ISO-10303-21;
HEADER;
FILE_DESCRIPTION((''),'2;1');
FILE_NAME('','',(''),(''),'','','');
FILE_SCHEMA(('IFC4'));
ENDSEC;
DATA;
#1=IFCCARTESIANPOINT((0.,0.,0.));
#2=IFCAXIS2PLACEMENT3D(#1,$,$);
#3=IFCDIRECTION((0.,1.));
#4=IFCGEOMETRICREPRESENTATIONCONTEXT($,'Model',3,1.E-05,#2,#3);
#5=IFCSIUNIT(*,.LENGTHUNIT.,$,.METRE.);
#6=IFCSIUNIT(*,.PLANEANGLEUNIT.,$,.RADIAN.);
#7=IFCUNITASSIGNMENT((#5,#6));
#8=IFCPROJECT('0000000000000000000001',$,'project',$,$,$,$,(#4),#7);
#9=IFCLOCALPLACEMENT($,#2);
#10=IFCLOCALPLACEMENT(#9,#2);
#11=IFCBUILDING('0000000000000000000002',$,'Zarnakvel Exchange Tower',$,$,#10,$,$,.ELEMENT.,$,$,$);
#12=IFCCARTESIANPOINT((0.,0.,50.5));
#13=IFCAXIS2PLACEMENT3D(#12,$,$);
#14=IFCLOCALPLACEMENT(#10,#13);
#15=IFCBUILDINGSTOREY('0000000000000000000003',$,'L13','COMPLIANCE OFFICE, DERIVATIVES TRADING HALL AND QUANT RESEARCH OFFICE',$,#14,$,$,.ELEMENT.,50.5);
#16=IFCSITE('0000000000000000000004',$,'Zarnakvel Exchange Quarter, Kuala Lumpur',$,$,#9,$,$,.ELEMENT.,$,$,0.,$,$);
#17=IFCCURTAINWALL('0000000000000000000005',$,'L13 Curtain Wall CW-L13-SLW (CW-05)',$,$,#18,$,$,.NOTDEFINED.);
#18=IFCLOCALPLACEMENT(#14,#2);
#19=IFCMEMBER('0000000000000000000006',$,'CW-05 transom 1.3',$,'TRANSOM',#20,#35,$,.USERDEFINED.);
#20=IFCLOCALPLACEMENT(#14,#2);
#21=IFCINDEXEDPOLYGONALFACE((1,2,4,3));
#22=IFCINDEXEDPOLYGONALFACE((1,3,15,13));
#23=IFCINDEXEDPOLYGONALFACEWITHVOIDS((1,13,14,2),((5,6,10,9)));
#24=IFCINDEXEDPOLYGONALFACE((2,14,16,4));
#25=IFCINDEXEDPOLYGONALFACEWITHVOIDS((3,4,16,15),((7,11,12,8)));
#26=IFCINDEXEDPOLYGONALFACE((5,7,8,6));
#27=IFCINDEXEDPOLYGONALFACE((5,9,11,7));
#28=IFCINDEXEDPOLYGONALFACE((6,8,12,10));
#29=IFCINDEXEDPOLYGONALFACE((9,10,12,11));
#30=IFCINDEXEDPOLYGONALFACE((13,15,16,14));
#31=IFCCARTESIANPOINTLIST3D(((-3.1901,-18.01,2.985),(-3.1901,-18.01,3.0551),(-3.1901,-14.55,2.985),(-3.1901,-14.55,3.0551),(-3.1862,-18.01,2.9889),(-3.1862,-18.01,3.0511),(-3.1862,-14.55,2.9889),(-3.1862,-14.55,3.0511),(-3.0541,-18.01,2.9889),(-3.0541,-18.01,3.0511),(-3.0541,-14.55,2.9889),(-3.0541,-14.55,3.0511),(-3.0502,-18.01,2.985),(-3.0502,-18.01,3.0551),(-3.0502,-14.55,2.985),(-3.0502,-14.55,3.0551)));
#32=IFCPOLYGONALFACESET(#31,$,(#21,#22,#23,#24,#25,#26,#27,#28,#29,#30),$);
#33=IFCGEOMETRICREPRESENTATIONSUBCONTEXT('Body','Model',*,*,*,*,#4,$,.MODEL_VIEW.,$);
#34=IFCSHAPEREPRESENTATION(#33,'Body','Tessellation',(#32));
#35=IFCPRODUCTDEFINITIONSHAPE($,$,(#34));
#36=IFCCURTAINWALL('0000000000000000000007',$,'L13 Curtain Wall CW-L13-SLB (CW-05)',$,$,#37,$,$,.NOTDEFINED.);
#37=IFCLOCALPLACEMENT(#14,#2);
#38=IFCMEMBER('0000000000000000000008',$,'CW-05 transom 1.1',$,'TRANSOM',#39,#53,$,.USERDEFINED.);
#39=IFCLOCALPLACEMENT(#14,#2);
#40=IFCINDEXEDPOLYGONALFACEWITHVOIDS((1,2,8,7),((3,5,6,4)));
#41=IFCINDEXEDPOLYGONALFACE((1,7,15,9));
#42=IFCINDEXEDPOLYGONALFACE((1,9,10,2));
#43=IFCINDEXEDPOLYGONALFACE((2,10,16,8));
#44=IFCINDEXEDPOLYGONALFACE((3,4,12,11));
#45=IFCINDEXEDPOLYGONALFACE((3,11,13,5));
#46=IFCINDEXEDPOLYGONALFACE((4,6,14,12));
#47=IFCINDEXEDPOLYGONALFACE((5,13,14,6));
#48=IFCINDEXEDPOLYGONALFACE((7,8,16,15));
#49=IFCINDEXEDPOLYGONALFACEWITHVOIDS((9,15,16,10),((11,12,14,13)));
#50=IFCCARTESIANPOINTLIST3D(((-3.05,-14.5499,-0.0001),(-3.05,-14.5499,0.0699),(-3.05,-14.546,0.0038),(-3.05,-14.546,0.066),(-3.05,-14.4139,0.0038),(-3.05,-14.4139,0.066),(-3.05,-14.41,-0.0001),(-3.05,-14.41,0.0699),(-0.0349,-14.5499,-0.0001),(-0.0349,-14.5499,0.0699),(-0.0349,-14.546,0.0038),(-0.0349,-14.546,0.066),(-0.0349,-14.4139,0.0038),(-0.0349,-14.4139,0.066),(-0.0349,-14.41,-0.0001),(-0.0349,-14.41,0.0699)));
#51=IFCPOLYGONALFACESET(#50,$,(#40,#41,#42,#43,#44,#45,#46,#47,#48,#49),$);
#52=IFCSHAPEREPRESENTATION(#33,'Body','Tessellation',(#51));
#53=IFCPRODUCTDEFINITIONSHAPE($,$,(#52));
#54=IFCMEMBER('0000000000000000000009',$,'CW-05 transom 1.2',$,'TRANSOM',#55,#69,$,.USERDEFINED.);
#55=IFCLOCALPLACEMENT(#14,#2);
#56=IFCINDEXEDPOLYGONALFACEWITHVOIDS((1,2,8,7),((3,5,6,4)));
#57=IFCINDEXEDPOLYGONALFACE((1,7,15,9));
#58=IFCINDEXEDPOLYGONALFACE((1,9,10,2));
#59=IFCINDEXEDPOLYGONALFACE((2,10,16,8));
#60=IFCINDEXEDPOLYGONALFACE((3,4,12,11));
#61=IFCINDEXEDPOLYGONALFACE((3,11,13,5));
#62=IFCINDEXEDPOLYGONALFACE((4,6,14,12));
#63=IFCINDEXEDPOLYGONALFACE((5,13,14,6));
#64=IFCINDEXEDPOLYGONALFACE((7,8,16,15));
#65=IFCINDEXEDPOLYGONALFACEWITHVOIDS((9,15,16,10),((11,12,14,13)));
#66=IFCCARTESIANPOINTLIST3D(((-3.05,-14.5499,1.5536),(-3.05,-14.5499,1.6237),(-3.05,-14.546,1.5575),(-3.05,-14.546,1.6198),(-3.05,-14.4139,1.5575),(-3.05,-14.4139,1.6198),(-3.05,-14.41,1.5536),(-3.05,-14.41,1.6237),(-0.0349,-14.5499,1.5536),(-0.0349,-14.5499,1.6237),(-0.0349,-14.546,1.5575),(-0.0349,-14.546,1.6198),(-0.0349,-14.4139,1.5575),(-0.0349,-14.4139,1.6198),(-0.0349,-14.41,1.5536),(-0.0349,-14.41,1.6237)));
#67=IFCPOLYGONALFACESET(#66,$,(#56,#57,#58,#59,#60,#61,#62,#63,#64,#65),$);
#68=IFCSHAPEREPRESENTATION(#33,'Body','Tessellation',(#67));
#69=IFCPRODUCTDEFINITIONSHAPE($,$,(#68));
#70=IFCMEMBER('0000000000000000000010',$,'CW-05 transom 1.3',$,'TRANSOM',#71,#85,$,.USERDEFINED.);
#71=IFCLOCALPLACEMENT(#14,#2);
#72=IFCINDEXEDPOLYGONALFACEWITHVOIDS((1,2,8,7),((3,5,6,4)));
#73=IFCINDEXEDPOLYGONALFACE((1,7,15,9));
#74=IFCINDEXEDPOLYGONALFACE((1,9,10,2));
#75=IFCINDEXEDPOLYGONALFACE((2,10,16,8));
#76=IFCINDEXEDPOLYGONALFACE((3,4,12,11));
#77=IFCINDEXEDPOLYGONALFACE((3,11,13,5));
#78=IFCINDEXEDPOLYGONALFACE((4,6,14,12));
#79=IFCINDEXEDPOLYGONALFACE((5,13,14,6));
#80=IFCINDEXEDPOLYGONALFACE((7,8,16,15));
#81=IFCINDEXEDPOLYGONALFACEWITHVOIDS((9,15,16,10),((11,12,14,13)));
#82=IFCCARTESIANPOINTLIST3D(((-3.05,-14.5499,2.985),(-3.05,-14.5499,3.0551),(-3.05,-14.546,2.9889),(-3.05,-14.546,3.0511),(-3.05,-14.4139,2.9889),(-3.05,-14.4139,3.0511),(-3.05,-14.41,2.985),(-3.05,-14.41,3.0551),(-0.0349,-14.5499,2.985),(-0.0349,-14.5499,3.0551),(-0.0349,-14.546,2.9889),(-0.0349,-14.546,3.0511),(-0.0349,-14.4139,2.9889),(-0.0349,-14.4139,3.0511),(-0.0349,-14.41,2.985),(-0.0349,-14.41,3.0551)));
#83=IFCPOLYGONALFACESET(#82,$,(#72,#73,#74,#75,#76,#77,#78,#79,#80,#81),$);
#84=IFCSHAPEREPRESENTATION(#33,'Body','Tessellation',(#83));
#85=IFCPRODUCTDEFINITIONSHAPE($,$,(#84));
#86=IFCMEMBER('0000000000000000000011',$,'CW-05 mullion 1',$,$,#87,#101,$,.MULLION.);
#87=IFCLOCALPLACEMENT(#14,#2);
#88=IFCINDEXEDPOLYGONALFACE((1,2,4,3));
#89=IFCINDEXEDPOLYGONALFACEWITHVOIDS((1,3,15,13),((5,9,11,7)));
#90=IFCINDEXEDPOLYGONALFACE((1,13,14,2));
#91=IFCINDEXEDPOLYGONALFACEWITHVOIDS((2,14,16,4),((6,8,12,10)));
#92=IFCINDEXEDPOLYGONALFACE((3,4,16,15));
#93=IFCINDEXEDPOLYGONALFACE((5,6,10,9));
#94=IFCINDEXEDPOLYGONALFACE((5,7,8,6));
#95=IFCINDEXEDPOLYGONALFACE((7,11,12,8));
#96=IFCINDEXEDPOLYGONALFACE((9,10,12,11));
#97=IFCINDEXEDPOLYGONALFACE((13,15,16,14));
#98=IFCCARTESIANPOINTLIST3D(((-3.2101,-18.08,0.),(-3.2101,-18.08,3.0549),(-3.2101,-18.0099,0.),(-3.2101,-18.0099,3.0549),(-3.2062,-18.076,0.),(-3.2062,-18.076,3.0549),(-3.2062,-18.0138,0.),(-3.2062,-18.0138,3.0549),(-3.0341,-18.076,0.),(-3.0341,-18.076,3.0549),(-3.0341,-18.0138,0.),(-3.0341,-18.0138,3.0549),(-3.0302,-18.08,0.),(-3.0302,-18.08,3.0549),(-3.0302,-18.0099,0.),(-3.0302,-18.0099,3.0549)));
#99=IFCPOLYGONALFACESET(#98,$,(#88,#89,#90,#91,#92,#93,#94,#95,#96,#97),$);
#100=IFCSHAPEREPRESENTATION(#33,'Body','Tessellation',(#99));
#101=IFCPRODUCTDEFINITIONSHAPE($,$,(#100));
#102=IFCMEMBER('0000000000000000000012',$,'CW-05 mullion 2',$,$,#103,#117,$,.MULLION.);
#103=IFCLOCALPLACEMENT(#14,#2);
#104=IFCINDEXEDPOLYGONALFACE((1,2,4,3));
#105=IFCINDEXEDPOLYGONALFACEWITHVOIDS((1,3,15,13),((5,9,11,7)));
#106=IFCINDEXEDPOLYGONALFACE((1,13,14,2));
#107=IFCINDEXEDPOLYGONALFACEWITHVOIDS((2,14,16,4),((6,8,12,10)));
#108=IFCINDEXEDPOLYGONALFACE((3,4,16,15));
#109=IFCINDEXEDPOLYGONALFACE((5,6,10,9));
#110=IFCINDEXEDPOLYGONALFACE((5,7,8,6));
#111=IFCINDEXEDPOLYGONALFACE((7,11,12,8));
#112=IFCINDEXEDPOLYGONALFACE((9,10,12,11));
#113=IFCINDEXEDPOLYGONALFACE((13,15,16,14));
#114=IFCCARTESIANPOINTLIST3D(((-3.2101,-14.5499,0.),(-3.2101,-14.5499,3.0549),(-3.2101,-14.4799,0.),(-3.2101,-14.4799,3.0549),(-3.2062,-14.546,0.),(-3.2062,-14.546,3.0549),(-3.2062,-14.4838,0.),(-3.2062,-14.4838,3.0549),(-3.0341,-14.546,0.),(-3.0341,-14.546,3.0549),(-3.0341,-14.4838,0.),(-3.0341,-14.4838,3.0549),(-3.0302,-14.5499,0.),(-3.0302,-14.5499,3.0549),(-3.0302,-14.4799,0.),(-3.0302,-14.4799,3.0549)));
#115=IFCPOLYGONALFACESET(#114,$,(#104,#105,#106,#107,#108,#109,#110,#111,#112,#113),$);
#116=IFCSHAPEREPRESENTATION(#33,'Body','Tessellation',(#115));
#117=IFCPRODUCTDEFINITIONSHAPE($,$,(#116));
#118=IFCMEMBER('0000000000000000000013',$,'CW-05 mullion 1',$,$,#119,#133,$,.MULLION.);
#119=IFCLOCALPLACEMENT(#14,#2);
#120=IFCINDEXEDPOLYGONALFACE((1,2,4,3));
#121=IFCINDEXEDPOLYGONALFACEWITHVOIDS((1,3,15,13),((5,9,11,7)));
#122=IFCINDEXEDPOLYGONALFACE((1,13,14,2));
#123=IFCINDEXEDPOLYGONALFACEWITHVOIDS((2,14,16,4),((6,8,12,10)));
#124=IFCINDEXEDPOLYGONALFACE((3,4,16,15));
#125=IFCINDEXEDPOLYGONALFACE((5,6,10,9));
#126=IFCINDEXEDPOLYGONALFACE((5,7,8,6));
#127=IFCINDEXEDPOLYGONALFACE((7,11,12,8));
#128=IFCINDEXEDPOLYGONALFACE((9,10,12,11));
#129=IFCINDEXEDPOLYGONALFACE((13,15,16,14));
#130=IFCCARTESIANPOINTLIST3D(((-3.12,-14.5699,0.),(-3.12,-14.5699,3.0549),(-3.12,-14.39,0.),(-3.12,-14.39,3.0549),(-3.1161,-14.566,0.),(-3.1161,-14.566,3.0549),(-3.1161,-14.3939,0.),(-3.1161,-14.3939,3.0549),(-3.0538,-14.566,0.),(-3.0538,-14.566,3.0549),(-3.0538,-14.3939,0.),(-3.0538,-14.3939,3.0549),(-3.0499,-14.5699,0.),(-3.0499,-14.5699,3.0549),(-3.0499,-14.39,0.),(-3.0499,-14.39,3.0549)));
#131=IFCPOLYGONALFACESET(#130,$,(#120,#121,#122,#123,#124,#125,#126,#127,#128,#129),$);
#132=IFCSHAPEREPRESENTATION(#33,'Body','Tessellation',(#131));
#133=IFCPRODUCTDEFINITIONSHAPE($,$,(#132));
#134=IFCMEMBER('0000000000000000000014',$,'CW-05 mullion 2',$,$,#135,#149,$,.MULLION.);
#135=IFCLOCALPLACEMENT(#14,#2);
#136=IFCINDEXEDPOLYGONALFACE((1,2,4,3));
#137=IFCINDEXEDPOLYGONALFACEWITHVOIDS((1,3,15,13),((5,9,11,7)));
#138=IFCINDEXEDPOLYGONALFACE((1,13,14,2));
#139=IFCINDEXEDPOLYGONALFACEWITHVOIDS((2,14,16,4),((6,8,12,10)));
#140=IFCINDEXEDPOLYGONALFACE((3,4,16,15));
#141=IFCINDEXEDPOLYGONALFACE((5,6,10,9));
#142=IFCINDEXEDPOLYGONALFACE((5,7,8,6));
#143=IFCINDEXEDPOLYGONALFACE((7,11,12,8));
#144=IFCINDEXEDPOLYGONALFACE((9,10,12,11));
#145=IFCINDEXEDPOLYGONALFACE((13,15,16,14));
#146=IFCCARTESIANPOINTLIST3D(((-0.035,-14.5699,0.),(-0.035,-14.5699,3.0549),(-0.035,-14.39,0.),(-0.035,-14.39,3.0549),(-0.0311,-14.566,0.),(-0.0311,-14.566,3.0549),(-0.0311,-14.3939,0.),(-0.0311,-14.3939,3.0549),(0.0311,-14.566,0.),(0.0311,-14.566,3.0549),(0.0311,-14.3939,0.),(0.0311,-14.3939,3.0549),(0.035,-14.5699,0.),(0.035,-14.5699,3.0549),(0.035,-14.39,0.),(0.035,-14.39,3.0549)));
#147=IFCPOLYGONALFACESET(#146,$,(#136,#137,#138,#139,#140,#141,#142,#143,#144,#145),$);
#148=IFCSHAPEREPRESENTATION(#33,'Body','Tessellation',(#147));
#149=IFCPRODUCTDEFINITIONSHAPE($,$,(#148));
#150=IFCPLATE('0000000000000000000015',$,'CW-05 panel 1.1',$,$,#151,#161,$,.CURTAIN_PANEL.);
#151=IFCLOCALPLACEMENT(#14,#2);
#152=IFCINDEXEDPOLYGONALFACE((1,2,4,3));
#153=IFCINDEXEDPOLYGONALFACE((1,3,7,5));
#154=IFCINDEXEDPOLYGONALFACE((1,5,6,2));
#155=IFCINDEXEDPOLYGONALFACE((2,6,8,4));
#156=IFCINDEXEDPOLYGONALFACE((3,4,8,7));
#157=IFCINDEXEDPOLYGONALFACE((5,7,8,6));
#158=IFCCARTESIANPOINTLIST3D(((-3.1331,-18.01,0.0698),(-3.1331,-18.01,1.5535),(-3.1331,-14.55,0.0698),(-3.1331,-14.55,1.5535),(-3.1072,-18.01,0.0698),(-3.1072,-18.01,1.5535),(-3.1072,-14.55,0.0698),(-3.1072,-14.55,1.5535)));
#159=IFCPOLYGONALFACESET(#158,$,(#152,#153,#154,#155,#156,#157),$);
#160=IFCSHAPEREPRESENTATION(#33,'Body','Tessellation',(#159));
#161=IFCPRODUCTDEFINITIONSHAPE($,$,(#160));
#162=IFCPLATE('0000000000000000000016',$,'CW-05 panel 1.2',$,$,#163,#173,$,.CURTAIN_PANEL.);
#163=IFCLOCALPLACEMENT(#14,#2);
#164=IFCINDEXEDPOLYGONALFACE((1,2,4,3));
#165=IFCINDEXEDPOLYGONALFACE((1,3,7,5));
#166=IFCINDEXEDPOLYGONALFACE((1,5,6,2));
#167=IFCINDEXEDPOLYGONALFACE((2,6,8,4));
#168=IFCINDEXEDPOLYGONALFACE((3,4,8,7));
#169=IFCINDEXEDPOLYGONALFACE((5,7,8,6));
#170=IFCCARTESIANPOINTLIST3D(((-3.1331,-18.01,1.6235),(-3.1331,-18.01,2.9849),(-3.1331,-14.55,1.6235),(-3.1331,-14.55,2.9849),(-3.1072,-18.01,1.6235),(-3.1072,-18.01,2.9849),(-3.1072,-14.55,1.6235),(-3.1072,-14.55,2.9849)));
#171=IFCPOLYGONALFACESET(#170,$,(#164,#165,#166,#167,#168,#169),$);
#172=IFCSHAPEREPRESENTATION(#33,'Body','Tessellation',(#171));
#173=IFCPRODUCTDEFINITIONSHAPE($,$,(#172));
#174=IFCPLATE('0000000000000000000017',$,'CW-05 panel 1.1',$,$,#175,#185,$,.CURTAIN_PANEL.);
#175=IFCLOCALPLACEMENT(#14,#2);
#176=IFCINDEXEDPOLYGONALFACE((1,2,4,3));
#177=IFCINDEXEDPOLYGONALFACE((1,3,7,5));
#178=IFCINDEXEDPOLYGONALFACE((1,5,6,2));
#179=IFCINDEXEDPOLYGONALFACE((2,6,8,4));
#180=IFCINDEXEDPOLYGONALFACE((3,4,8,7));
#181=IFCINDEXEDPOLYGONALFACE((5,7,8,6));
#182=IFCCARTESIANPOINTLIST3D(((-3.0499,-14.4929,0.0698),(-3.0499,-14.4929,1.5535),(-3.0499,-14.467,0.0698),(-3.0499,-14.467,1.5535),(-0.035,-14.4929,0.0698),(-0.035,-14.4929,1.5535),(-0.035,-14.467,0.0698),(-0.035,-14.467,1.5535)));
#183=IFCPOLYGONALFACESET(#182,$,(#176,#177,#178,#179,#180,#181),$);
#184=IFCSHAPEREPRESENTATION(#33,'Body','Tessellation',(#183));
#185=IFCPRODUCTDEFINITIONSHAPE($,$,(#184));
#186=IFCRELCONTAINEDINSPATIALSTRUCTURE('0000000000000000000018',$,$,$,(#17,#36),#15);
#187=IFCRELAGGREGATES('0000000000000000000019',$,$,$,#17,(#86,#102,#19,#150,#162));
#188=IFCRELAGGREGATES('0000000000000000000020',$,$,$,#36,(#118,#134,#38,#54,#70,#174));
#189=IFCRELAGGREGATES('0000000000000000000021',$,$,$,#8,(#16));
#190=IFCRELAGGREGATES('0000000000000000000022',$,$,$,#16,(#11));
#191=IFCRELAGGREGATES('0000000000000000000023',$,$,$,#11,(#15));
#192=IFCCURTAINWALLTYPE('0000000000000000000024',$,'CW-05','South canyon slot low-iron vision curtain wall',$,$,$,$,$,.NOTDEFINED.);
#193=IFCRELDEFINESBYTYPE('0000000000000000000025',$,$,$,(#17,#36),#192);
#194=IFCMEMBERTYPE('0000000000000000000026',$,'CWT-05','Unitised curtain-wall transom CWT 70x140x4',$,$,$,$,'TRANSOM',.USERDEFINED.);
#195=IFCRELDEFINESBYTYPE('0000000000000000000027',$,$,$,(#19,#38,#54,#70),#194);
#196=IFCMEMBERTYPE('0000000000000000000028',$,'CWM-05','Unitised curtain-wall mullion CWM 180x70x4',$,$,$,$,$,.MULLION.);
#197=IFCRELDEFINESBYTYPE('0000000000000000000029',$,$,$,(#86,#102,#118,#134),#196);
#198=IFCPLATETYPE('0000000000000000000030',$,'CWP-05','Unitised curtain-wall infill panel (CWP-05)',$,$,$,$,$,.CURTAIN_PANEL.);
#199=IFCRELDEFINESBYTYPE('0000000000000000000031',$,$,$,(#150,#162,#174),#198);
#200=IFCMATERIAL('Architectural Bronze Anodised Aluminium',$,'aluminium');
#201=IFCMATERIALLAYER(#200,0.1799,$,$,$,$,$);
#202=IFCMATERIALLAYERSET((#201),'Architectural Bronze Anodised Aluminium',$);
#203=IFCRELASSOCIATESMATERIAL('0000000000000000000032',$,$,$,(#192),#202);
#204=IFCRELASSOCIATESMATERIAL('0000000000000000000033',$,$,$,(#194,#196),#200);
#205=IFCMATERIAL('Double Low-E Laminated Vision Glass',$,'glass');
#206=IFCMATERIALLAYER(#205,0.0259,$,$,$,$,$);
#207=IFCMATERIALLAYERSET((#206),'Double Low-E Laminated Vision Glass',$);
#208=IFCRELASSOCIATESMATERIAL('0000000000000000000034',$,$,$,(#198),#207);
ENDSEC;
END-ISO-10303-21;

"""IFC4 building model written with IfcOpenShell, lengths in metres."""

from ifc_helpers import new_model, si_unit, direction, frame, origin, origin_2d, place, context, subcontext, project, spatial, rectangle, hollow_rectangle, extrude, source, transform, mapped, material, layer, layer_set, material_profile, profile_set, type_object, element, aggregate, save


model = new_model("IFC4")

# Units and contexts
model_context = context("Model", 3, precision=1e-05, world=origin(), true_north=direction((0.0, 1.0)))
body_context = subcontext(model_context, "Body", "Model", "MODEL_VIEW")
ifc_project = project(units=[si_unit("LENGTHUNIT", "METRE"), si_unit("PLANEANGLEUNIT", "RADIAN")], contexts=[model_context])

# Site, building, storey
site_placement = place(None, origin())
site = spatial("IfcSite", under=ifc_project, at=site_placement, Name="Zarnakvel Exchange Quarter, Kuala Lumpur", CompositionType="ELEMENT", RefElevation=0.0)
building_placement = place(site_placement, origin())
building = spatial("IfcBuilding", under=site, at=building_placement, Name="Zarnakvel Exchange Tower", CompositionType="ELEMENT")
storey_placement = place(building_placement, frame((0.0, 0.0, 50.5)))
storey = spatial("IfcBuildingStorey", under=building, at=storey_placement, Name="L13", Description="COMPLIANCE OFFICE, DERIVATIVES TRADING HALL AND QUANT RESEARCH OFFICE", CompositionType="ELEMENT", Elevation=50.5)

# Curtain walls, members
ifc_material_1 = material(Name="Architectural Bronze Anodised Aluminium", Category="aluminium")
ifc_layer_1 = layer(ifc_material_1, 0.1799)
ifc_layer_set_1 = layer_set([ifc_layer_1], Name="Architectural Bronze Anodised Aluminium")
curtain_wall_type = type_object("IfcCurtainWallType", Name="CW-05", Description="South canyon slot low-iron vision curtain wall", PredefinedType="NOTDEFINED", material=ifc_layer_set_1)
curtain_wall_1_placement = place(storey_placement, origin())
curtain_wall_1 = element("IfcCurtainWall", 1, at=curtain_wall_1_placement, inside=storey, type_object=curtain_wall_type, Name="L13 Curtain Wall CW-L13-SLW (CW-05)", PredefinedType="NOTDEFINED")
ifc_material_profile_1 = material_profile(ifc_material_1, hollow_rectangle(XDim=0.1399, YDim=0.0701, WallThickness=0.0039, at=origin_2d()))
ifc_profile_set_1 = profile_set([ifc_material_profile_1], Name="Architectural Bronze Anodised Aluminium")
member_type_1 = type_object("IfcMemberType", Name="CWT-05", Description="Unitised curtain-wall transom CWT 70x140x4", ElementType="TRANSOM", PredefinedType="USERDEFINED", material=ifc_profile_set_1)
shared_shape_1 = source(origin(), body_context, "Body", "SweptSolid", [
    extrude(hollow_rectangle(XDim=0.1399, YDim=0.0701, WallThickness=0.0039, at=origin_2d()), origin(), (0.0, 0.0, 1.0), 3.46),
])
member_1_placement = place(storey_placement, frame((-3.1201, -18.01, 3.02), z_axis=(0.0, 1.0, 0.0), x_axis=(-1.0, 0.0, 0.0)))
member_1 = element("IfcMember", 2, at=member_1_placement, type_object=member_type_1, Name="CW-05 transom 1.3", ObjectType="TRANSOM", PredefinedType="USERDEFINED", context=body_context, shape_type="MappedRepresentation", body=[
    mapped(shared_shape_1, transform((0.0, 0.0, 0.0), x_axis=(1.0, 0.0, 0.0), y_axis=(0.0, 1.0, 0.0), z_axis=(0.0, 0.0, 1.0), scale=1.0)),
])
curtain_wall_2_placement = place(storey_placement, origin())
curtain_wall_2 = element("IfcCurtainWall", 3, at=curtain_wall_2_placement, inside=storey, type_object=curtain_wall_type, Name="L13 Curtain Wall CW-L13-SLB (CW-05)", PredefinedType="NOTDEFINED")
shared_shape_2 = source(origin(), body_context, "Body", "SweptSolid", [
    extrude(hollow_rectangle(XDim=0.1399, YDim=0.0701, WallThickness=0.0039, at=origin_2d()), origin(), (0.0, 0.0, 1.0), 3.0151),
])
member_2_placement = place(storey_placement, frame((-3.05, -14.48, 0.0349), z_axis=(1.0, 0.0, 0.0), x_axis=(0.0, 1.0, 0.0)))
member_2 = element("IfcMember", 4, at=member_2_placement, type_object=member_type_1, Name="CW-05 transom 1.1", ObjectType="TRANSOM", PredefinedType="USERDEFINED", context=body_context, shape_type="MappedRepresentation", body=[
    mapped(shared_shape_2, transform((0.0, 0.0, 0.0), x_axis=(1.0, 0.0, 0.0), y_axis=(0.0, 1.0, 0.0), z_axis=(0.0, 0.0, 1.0), scale=1.0)),
])
member_3_placement = place(storey_placement, frame((-3.05, -14.48, 1.5886), z_axis=(1.0, 0.0, 0.0), x_axis=(0.0, 1.0, 0.0)))
member_3 = element("IfcMember", 5, at=member_3_placement, type_object=member_type_1, Name="CW-05 transom 1.2", ObjectType="TRANSOM", PredefinedType="USERDEFINED", context=body_context, shape_type="MappedRepresentation", body=[
    mapped(shared_shape_2, transform((0.0, 0.0, 0.0), x_axis=(1.0, 0.0, 0.0), y_axis=(0.0, 1.0, 0.0), z_axis=(0.0, 0.0, 1.0), scale=1.0)),
])
member_4_placement = place(storey_placement, frame((-3.05, -14.48, 3.02), z_axis=(1.0, 0.0, 0.0), x_axis=(0.0, 1.0, 0.0)))
member_4 = element("IfcMember", 6, at=member_4_placement, type_object=member_type_1, Name="CW-05 transom 1.3", ObjectType="TRANSOM", PredefinedType="USERDEFINED", context=body_context, shape_type="MappedRepresentation", body=[
    mapped(shared_shape_2, transform((0.0, 0.0, 0.0), x_axis=(1.0, 0.0, 0.0), y_axis=(0.0, 1.0, 0.0), z_axis=(0.0, 0.0, 1.0), scale=1.0)),
])

# Members
ifc_material_profile_2 = material_profile(ifc_material_1, hollow_rectangle(XDim=0.1799, YDim=0.0701, WallThickness=0.0039, at=origin_2d()))
ifc_profile_set_2 = profile_set([ifc_material_profile_2], Name="Architectural Bronze Anodised Aluminium")
member_type_2 = type_object("IfcMemberType", Name="CWM-05", Description="Unitised curtain-wall mullion CWM 180x70x4", PredefinedType="MULLION", material=ifc_profile_set_2)
shared_shape_3 = source(origin(), body_context, "Body", "SweptSolid", [
    extrude(hollow_rectangle(XDim=0.1799, YDim=0.0701, WallThickness=0.0039, at=origin_2d()), origin(), (0.0, 0.0, 1.0), 3.0549),
])
member_5_placement = place(storey_placement, frame((-3.1201, -18.0449, 0.0), z_axis=(0.0, 0.0, 1.0), x_axis=(-1.0, 0.0, 0.0)))
member_5 = element("IfcMember", 7, at=member_5_placement, type_object=member_type_2, Name="CW-05 mullion 1", PredefinedType="MULLION", context=body_context, shape_type="MappedRepresentation", body=[
    mapped(shared_shape_3, transform((0.0, 0.0, 0.0), x_axis=(1.0, 0.0, 0.0), y_axis=(0.0, 1.0, 0.0), z_axis=(0.0, 0.0, 1.0), scale=1.0)),
])
member_6_placement = place(storey_placement, frame((-3.1201, -14.5149, 0.0), z_axis=(0.0, 0.0, 1.0), x_axis=(-1.0, 0.0, 0.0)))
member_6 = element("IfcMember", 8, at=member_6_placement, type_object=member_type_2, Name="CW-05 mullion 2", PredefinedType="MULLION", context=body_context, shape_type="MappedRepresentation", body=[
    mapped(shared_shape_3, transform((0.0, 0.0, 0.0), x_axis=(1.0, 0.0, 0.0), y_axis=(0.0, 1.0, 0.0), z_axis=(0.0, 0.0, 1.0), scale=1.0)),
])
member_7_placement = place(storey_placement, frame((-3.085, -14.48, 0.0), z_axis=(0.0, 0.0, 1.0), x_axis=(0.0, 1.0, 0.0)))
member_7 = element("IfcMember", 9, at=member_7_placement, type_object=member_type_2, Name="CW-05 mullion 1", PredefinedType="MULLION", context=body_context, shape_type="MappedRepresentation", body=[
    mapped(shared_shape_3, transform((0.0, 0.0, 0.0), x_axis=(1.0, 0.0, 0.0), y_axis=(0.0, 1.0, 0.0), z_axis=(0.0, 0.0, 1.0), scale=1.0)),
])
member_8_placement = place(storey_placement, frame((0.0, -14.48, 0.0), z_axis=(0.0, 0.0, 1.0), x_axis=(0.0, 1.0, 0.0)))
member_8 = element("IfcMember", 10, at=member_8_placement, type_object=member_type_2, Name="CW-05 mullion 2", PredefinedType="MULLION", context=body_context, shape_type="MappedRepresentation", body=[
    mapped(shared_shape_3, transform((0.0, 0.0, 0.0), x_axis=(1.0, 0.0, 0.0), y_axis=(0.0, 1.0, 0.0), z_axis=(0.0, 0.0, 1.0), scale=1.0)),
])

# Plates
ifc_material_2 = material(Name="Double Low-E Laminated Vision Glass", Category="glass")
ifc_layer_2 = layer(ifc_material_2, 0.0259)
ifc_layer_set_2 = layer_set([ifc_layer_2], Name="Double Low-E Laminated Vision Glass")
plate_type = type_object("IfcPlateType", Name="CWP-05", Description="Unitised curtain-wall infill panel (CWP-05)", PredefinedType="CURTAIN_PANEL", material=ifc_layer_set_2)
shared_shape_4 = source(origin(), body_context, "Body", "SweptSolid", [
    extrude(rectangle(XDim=3.46, YDim=0.0259, at=origin_2d()), origin(), (0.0, 0.0, 1.0), 1.4836),
])
plate_1_placement = place(storey_placement, frame((-3.1201, -16.28, 0.0698), z_axis=(0.0, 0.0, 1.0), x_axis=(0.0, 1.0, 0.0)))
plate_1 = element("IfcPlate", 11, at=plate_1_placement, type_object=plate_type, Name="CW-05 panel 1.1", PredefinedType="CURTAIN_PANEL", context=body_context, shape_type="MappedRepresentation", body=[
    mapped(shared_shape_4, transform((0.0, 0.0, 0.0), x_axis=(1.0, 0.0, 0.0), y_axis=(0.0, 1.0, 0.0), z_axis=(0.0, 0.0, 1.0), scale=1.0)),
])
shared_shape_5 = source(origin(), body_context, "Body", "SweptSolid", [
    extrude(rectangle(XDim=3.46, YDim=0.0259, at=origin_2d()), origin(), (0.0, 0.0, 1.0), 1.3613),
])
plate_2_placement = place(storey_placement, frame((-3.1201, -16.28, 1.6235), z_axis=(0.0, 0.0, 1.0), x_axis=(0.0, 1.0, 0.0)))
plate_2 = element("IfcPlate", 12, at=plate_2_placement, type_object=plate_type, Name="CW-05 panel 1.2", PredefinedType="CURTAIN_PANEL", context=body_context, shape_type="MappedRepresentation", body=[
    mapped(shared_shape_5, transform((0.0, 0.0, 0.0), x_axis=(1.0, 0.0, 0.0), y_axis=(0.0, 1.0, 0.0), z_axis=(0.0, 0.0, 1.0), scale=1.0)),
])
aggregate(curtain_wall_1, [member_5, member_6, member_1, plate_1, plate_2])
shared_shape_6 = source(origin(), body_context, "Body", "SweptSolid", [
    extrude(rectangle(XDim=3.0149, YDim=0.0259, at=origin_2d()), origin(), (0.0, 0.0, 1.0), 1.4836),
])
plate_3_placement = place(storey_placement, frame((-1.5425, -14.48, 0.0698), z_axis=(0.0, 0.0, 1.0), x_axis=(1.0, 0.0, 0.0)))
plate_3 = element("IfcPlate", 13, at=plate_3_placement, type_object=plate_type, Name="CW-05 panel 1.1", PredefinedType="CURTAIN_PANEL", context=body_context, shape_type="MappedRepresentation", body=[
    mapped(shared_shape_6, transform((0.0, 0.0, 0.0), x_axis=(1.0, 0.0, 0.0), y_axis=(0.0, 1.0, 0.0), z_axis=(0.0, 0.0, 1.0), scale=1.0)),
])
aggregate(curtain_wall_2, [member_7, member_8, member_2, member_3, member_4, plate_3])

save(model, "model.ifc")
